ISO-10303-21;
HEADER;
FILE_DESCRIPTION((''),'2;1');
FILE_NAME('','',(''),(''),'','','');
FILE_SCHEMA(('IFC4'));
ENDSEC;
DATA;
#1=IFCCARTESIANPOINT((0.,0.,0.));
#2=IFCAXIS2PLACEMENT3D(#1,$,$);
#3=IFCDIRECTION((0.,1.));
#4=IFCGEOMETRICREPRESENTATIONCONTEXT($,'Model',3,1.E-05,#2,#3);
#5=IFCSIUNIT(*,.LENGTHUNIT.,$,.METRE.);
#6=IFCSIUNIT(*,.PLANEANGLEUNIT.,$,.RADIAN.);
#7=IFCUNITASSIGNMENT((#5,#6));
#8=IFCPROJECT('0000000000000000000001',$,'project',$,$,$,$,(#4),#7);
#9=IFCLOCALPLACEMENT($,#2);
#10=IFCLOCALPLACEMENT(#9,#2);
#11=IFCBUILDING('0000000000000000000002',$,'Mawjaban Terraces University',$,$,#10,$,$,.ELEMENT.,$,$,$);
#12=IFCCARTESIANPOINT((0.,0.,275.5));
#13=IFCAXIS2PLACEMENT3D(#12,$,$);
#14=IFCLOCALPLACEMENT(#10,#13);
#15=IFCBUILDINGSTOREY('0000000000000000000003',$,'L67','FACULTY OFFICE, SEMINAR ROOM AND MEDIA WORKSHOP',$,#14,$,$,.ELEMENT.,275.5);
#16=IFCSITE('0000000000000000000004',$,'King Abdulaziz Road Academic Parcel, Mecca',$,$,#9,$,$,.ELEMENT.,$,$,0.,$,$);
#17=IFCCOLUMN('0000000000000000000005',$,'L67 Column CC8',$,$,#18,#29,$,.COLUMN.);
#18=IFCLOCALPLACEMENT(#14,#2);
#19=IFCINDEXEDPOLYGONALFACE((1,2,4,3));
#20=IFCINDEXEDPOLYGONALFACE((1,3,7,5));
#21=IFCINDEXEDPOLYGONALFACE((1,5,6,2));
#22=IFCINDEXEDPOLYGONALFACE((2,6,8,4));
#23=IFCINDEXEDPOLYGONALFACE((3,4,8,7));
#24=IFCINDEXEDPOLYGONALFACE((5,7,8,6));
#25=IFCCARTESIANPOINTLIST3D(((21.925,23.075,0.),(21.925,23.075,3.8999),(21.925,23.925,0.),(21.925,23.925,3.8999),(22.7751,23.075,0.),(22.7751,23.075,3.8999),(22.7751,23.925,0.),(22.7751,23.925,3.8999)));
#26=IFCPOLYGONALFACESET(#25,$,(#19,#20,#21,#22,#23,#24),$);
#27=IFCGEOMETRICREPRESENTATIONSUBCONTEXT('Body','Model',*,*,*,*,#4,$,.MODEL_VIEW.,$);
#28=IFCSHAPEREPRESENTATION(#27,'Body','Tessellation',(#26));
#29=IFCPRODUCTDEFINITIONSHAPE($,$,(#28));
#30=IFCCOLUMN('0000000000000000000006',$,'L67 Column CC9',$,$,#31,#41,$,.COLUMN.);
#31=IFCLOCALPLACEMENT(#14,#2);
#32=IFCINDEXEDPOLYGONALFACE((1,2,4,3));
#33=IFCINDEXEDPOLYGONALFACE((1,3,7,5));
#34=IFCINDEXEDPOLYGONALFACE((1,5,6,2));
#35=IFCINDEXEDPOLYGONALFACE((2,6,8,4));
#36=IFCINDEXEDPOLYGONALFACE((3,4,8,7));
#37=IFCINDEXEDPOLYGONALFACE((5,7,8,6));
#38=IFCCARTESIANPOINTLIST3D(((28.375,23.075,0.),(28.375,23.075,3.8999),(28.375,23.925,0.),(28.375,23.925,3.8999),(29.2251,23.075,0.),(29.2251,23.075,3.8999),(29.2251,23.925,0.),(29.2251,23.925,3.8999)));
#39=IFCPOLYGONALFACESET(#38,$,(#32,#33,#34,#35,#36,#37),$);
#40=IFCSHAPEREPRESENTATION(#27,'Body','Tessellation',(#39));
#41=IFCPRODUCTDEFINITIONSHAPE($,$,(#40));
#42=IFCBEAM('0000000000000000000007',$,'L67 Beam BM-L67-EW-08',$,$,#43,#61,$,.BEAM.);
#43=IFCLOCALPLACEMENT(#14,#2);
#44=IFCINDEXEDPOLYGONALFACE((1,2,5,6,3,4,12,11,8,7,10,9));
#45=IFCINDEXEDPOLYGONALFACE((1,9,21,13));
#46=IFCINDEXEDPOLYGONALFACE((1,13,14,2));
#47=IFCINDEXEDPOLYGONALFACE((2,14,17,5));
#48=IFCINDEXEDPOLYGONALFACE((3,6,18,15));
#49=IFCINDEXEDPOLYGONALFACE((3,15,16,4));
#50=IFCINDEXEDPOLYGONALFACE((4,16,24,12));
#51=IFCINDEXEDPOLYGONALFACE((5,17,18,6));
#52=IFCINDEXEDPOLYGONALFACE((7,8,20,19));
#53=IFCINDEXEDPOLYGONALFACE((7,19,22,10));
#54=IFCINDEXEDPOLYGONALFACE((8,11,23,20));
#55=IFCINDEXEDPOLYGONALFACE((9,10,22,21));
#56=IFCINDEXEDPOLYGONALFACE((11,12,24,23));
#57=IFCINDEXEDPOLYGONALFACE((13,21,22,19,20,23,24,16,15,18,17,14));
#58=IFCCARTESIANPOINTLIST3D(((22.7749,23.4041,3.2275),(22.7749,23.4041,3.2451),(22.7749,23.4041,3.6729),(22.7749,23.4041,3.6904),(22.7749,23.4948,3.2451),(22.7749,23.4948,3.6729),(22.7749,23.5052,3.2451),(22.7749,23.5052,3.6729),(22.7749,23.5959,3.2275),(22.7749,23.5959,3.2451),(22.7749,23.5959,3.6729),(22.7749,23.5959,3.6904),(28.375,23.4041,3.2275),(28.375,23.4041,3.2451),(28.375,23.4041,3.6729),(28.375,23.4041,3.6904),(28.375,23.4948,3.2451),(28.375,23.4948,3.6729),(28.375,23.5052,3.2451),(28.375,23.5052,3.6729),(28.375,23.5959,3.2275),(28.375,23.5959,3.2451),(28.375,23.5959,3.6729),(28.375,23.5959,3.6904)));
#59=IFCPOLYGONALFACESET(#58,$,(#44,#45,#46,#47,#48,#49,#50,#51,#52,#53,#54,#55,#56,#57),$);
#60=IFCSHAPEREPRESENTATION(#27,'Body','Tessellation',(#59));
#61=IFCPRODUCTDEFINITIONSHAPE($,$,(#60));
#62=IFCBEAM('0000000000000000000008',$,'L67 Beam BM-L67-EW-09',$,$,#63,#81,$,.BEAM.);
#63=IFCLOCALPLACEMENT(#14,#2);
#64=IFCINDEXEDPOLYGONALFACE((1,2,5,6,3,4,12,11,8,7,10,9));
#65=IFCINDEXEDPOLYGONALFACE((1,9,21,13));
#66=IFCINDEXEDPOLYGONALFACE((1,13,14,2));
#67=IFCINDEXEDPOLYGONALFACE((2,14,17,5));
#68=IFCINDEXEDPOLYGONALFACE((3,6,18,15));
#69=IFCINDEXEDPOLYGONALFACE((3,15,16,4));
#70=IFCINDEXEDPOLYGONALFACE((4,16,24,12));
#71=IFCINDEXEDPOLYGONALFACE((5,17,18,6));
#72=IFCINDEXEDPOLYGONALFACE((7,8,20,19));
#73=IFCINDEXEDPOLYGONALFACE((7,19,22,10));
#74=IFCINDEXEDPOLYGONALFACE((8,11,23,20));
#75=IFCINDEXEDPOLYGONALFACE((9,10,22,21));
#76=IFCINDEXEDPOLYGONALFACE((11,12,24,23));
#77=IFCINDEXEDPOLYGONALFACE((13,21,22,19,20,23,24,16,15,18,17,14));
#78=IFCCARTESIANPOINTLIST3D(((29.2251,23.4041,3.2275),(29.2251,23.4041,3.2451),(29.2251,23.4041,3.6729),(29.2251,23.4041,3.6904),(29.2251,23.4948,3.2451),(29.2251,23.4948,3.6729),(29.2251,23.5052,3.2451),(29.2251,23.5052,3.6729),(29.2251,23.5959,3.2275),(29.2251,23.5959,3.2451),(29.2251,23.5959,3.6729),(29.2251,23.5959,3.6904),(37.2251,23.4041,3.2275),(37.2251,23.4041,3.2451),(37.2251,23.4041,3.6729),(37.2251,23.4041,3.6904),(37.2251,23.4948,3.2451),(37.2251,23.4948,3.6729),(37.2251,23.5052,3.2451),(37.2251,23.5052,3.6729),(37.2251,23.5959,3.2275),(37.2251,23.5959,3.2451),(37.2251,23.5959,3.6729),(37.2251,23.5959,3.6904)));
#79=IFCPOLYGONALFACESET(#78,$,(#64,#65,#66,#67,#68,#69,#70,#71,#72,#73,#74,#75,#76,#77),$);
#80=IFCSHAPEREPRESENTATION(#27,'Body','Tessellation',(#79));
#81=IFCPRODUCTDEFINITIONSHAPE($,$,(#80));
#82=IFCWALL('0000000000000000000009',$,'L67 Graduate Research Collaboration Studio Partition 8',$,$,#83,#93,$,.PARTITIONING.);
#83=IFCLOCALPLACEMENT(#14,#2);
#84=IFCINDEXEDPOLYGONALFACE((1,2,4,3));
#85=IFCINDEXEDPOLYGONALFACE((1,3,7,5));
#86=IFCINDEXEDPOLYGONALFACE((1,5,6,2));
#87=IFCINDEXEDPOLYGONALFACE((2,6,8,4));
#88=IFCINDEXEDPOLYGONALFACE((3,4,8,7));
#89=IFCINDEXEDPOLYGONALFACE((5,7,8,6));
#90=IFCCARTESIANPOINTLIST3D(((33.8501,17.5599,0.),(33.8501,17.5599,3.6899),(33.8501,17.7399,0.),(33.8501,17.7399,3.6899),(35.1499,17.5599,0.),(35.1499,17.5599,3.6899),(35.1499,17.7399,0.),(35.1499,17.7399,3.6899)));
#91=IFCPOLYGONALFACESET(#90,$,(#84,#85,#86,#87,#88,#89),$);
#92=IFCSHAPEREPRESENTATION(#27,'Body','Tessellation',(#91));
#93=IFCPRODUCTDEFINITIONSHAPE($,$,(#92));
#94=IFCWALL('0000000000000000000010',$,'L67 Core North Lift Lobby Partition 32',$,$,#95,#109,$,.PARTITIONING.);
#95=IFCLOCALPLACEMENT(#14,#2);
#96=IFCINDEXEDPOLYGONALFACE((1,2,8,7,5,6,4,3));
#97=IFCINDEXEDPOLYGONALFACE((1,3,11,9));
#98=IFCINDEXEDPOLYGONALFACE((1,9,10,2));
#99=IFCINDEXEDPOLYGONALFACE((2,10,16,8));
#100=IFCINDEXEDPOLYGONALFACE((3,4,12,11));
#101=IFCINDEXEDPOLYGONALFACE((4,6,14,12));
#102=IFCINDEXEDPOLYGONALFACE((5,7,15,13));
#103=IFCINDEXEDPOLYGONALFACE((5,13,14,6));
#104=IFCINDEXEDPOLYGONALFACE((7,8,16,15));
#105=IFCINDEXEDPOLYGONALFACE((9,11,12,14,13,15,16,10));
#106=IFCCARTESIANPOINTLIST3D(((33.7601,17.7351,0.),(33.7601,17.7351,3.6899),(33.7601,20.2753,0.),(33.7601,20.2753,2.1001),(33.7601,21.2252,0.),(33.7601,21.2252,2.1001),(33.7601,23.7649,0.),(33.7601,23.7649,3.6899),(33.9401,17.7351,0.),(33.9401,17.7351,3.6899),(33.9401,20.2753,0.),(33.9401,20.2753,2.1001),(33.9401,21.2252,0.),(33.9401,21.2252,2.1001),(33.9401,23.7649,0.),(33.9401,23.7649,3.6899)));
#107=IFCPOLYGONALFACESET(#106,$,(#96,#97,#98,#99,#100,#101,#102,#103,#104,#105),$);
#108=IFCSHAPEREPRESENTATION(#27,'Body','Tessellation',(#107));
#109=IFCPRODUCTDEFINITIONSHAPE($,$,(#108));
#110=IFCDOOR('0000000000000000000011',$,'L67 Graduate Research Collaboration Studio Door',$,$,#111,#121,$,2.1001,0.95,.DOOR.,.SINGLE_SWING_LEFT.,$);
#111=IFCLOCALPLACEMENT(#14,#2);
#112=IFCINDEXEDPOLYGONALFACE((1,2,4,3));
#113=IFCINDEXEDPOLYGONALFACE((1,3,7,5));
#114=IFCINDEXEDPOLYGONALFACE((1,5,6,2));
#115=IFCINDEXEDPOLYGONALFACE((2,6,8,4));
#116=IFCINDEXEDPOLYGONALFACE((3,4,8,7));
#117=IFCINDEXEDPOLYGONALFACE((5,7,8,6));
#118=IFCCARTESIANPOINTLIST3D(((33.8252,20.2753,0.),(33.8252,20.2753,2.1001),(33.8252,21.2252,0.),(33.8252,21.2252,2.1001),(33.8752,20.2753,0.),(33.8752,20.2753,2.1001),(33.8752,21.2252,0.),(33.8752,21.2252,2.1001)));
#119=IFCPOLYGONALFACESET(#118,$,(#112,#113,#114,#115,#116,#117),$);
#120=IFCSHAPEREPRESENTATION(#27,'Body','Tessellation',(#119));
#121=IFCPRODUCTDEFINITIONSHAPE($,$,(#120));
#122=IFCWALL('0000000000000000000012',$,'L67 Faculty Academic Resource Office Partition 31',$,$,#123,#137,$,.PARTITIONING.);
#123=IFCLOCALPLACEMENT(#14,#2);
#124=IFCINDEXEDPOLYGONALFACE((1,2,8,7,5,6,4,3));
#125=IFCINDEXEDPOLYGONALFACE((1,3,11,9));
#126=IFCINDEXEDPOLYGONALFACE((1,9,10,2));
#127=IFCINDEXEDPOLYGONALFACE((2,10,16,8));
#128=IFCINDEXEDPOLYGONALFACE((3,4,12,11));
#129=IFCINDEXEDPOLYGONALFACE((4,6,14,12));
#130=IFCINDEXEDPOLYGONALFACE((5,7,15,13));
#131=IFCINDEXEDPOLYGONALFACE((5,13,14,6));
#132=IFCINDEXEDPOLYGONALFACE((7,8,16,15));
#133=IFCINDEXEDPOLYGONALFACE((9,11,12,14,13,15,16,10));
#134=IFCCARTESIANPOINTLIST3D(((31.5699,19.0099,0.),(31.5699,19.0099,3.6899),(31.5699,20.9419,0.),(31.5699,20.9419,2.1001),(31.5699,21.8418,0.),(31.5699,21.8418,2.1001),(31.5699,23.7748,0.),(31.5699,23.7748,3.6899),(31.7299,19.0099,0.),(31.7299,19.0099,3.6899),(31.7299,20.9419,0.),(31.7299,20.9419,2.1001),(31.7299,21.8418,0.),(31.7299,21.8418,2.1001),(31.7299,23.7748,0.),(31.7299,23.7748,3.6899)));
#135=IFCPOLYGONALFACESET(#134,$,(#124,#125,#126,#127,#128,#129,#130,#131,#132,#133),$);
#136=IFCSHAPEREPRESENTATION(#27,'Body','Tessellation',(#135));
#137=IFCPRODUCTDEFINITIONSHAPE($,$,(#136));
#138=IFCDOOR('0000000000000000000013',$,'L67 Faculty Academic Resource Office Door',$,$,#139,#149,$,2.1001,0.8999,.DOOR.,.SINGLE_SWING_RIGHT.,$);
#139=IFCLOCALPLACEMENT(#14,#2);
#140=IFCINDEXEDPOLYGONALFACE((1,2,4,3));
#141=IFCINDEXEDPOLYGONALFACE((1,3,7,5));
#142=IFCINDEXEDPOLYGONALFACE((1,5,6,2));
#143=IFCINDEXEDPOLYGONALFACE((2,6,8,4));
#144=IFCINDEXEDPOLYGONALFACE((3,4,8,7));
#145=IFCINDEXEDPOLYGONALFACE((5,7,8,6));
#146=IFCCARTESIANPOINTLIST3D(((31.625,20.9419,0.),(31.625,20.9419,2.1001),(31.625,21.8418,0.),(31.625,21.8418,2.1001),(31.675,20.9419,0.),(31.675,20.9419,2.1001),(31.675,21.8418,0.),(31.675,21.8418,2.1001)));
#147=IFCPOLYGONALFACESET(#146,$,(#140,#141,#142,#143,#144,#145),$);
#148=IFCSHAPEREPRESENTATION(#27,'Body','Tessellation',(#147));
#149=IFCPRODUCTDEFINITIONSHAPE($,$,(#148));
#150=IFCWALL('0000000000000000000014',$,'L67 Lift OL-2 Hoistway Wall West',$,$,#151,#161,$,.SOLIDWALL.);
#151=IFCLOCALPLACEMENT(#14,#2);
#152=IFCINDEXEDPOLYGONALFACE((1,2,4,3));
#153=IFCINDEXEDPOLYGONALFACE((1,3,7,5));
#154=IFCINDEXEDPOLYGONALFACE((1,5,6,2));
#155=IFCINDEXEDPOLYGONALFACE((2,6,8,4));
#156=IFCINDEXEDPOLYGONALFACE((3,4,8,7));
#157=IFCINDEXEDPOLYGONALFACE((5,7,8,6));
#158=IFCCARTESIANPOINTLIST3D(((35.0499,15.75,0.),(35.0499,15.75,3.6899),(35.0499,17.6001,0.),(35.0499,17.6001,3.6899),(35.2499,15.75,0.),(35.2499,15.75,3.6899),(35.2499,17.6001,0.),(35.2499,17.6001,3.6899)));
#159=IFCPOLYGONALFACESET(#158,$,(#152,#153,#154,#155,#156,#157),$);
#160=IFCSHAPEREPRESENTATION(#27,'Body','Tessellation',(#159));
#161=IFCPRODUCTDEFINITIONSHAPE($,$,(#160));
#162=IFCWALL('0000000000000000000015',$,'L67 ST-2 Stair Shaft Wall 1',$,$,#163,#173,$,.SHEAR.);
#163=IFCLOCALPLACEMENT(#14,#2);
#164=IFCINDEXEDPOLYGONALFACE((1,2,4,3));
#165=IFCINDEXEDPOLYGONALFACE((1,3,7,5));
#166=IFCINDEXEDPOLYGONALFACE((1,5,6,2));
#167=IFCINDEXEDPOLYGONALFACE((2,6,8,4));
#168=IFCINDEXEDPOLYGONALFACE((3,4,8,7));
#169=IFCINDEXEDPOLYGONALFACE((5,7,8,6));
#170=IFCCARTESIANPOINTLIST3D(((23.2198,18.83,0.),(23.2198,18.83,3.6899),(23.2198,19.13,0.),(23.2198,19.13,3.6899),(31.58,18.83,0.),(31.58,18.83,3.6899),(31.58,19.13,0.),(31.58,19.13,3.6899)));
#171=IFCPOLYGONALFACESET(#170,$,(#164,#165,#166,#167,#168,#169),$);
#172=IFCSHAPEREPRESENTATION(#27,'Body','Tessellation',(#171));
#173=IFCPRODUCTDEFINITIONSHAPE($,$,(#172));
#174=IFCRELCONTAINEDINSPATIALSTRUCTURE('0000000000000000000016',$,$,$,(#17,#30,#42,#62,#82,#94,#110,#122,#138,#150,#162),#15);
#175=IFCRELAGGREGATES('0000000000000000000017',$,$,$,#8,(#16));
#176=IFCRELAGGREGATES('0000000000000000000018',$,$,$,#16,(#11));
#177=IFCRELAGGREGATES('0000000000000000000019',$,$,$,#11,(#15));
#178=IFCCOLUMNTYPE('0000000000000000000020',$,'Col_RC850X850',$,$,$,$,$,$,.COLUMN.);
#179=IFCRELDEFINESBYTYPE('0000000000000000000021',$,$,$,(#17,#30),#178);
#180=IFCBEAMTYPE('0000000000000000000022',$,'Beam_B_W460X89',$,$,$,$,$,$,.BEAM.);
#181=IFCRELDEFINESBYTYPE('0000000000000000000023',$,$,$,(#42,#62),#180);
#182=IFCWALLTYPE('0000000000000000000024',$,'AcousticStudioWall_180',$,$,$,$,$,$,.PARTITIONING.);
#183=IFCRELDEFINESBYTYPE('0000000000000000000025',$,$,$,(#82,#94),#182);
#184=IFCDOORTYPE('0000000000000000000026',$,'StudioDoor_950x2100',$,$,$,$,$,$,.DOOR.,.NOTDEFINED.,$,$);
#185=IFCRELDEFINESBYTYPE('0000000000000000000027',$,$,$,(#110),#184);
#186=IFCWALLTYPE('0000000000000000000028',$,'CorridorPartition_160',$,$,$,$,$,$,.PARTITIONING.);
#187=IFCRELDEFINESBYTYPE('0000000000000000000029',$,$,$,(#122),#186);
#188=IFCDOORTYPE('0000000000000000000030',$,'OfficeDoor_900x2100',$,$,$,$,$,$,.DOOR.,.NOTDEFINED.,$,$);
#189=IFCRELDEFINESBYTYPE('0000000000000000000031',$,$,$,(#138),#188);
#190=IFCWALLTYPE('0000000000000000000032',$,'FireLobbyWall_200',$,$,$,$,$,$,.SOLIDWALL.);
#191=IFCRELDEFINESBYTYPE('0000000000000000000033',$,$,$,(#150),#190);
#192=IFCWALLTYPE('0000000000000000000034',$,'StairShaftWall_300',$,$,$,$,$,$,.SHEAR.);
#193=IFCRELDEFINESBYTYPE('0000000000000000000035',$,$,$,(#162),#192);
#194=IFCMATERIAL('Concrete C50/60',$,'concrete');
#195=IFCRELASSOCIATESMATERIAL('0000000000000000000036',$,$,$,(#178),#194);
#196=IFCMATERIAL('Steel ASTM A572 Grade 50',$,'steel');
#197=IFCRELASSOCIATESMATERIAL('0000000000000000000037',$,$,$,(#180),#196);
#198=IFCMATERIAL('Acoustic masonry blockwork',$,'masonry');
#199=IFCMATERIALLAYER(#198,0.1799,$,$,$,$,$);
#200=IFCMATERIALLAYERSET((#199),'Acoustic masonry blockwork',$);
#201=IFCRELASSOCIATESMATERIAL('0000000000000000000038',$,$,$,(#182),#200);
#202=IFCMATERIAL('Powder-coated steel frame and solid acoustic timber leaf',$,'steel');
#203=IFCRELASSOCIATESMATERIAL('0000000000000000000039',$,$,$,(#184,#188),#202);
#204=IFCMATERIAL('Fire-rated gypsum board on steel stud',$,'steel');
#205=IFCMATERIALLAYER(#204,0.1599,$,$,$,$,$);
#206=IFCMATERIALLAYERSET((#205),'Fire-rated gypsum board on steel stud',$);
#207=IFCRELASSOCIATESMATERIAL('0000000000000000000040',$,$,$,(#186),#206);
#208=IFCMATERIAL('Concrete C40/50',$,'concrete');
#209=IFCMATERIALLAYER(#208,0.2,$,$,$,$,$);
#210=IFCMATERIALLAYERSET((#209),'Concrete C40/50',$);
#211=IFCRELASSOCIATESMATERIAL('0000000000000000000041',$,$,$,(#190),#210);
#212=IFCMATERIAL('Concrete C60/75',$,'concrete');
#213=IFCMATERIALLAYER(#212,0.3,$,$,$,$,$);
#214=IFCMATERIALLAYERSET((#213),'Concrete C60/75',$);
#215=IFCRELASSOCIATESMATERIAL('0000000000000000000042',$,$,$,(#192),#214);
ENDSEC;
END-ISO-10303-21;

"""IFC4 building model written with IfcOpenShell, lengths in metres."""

from ifc_helpers import new_model, si_unit, direction, frame, frame_2d, origin, origin_2d, place, context, subcontext, project, spatial, rectangle, i_section, extrude, material, layer, layer_set, material_profile, profile_set, type_object, element, fill, save


model = new_model("IFC4")

# Units and contexts
model_context = context("Model", 3, precision=1e-05, world=origin(), true_north=direction((0.0, 1.0)))
body_context = subcontext(model_context, "Body", "Model", "MODEL_VIEW")
ifc_project = project(units=[si_unit("LENGTHUNIT", "METRE"), si_unit("PLANEANGLEUNIT", "RADIAN")], contexts=[model_context])

# Site, building, storey
site_placement = place(None, origin())
site = spatial("IfcSite", under=ifc_project, at=site_placement, Name="King Abdulaziz Road Academic Parcel, Mecca", CompositionType="ELEMENT", RefElevation=0.0)
building_placement = place(site_placement, origin())
building = spatial("IfcBuilding", under=site, at=building_placement, Name="Mawjaban Terraces University", CompositionType="ELEMENT")
storey_placement = place(building_placement, frame((0.0, 0.0, 275.5)))
storey = spatial("IfcBuildingStorey", under=building, at=storey_placement, Name="L67", Description="FACULTY OFFICE, SEMINAR ROOM AND MEDIA WORKSHOP", CompositionType="ELEMENT", Elevation=275.5)

# Columns
ifc_material_1 = material(Name="Concrete C50/60", Category="concrete")
ifc_material_profile_1 = material_profile(ifc_material_1, rectangle(XDim=0.8501, YDim=0.8501, at=origin_2d()), Name="RC850X850")
ifc_profile_set_1 = profile_set([ifc_material_profile_1], Name="Concrete C50/60")
column_type = type_object("IfcColumnType", Name="Col_RC850X850", PredefinedType="COLUMN", material=ifc_profile_set_1)
for number, where, z_axis, x_axis, name in (
    (1, (22.3501, 23.5, 0.0), (0.0, 0.0, 1.0), (1.0, 0.0, 0.0), "L67 Column CC8"),
    (2, (28.8, 23.5, 0.0), (0.0, 0.0, 1.0), (1.0, 0.0, 0.0), "L67 Column CC9"),
):
    element("IfcColumn", number, at=place(storey_placement, frame(where, z_axis=z_axis, x_axis=x_axis)), inside=storey, type_object=column_type, Name=name, PredefinedType="COLUMN", context=body_context, shape_type="SweptSolid", body=[
        extrude(rectangle(XDim=0.8501, YDim=0.8501, at=origin_2d()), origin(), (0.0, 0.0, 1.0), 3.8999),
    ])

# Beams
ifc_material_2 = material(Name="Steel ASTM A572 Grade 50", Category="steel")
ifc_material_profile_2 = material_profile(ifc_material_2, i_section(OverallWidth=0.1919, OverallDepth=0.4629, WebThickness=0.0105, FlangeThickness=0.0176, at=origin_2d()), Name="W460X89")
ifc_profile_set_2 = profile_set([ifc_material_profile_2], Name="Steel ASTM A572 Grade 50")
beam_type = type_object("IfcBeamType", Name="Beam_B_W460X89", PredefinedType="BEAM", material=ifc_profile_set_2)
beam_1_placement = place(storey_placement, frame((22.7749, 23.5, 3.459), z_axis=(1.0, 0.0, 0.0), x_axis=(0.0, 1.0, 0.0)))
element("IfcBeam", 3, at=beam_1_placement, inside=storey, type_object=beam_type, Name="L67 Beam BM-L67-EW-08", PredefinedType="BEAM", context=body_context, shape_type="SweptSolid", body=[
    extrude(i_section(OverallWidth=0.1919, OverallDepth=0.4629, WebThickness=0.0105, FlangeThickness=0.0176, at=origin_2d()), origin(), (0.0, 0.0, 1.0), 5.6001),
])
beam_2_placement = place(storey_placement, frame((29.2251, 23.5, 3.459), z_axis=(1.0, 0.0, 0.0), x_axis=(0.0, 1.0, 0.0)))
element("IfcBeam", 4, at=beam_2_placement, inside=storey, type_object=beam_type, Name="L67 Beam BM-L67-EW-09", PredefinedType="BEAM", context=body_context, shape_type="SweptSolid", body=[
    extrude(i_section(OverallWidth=0.1919, OverallDepth=0.4629, WebThickness=0.0105, FlangeThickness=0.0176, at=origin_2d()), origin(), (0.0, 0.0, 1.0), 8.0),
])

# Wall
ifc_material_3 = material(Name="Acoustic masonry blockwork", Category="masonry")
ifc_layer_1 = layer(ifc_material_3, 0.1799)
ifc_layer_set_1 = layer_set([ifc_layer_1], Name="Acoustic masonry blockwork")
wall_type_1 = type_object("IfcWallType", Name="AcousticStudioWall_180", PredefinedType="PARTITIONING", material=ifc_layer_set_1)
wall_1_placement = place(storey_placement, frame((33.8501, 17.6499, 0.0), z_axis=(0.0, 0.0, 1.0), x_axis=(1.0, 0.0, 0.0)))
element("IfcWall", 5, at=wall_1_placement, inside=storey, type_object=wall_type_1, Name="L67 Graduate Research Collaboration Studio Partition 8", PredefinedType="PARTITIONING", context=body_context, shape_type="SweptSolid", body=[
    extrude(rectangle(XDim=1.2998, YDim=0.1799, at=frame_2d((0.6499, 0.0))), origin(), (0.0, 0.0, 1.0), 3.6899),
])

# Walls, openings, doors
wall_2_placement = place(storey_placement, frame((33.8501, 17.7351, 0.0), z_axis=(0.0, 0.0, 1.0), x_axis=(0.0, 1.0, 0.0)))
wall_2 = element("IfcWall", 6, at=wall_2_placement, inside=storey, type_object=wall_type_1, Name="L67 Core North Lift Lobby Partition 32", PredefinedType="PARTITIONING", context=body_context, shape_type="SweptSolid", body=[
    extrude(rectangle(XDim=6.0298, YDim=0.1799, at=frame_2d((3.0149, 0.0))), origin(), (0.0, 0.0, 1.0), 3.6899),
])
opening_1_placement = place(wall_2_placement, frame((2.54, 0.0, 0.0)))
opening_1 = element("IfcOpeningElement", 7, at=opening_1_placement, cuts=wall_2, PredefinedType="OPENING", context=body_context, shape_type="SweptSolid", body=[
    extrude(rectangle(XDim=0.95, YDim=2.1001, at=frame_2d((0.4751, 1.05))), frame((0.0, 0.0999, 0.0), z_axis=(0.0, -1.0, 0.0), x_axis=(1.0, 0.0, 0.0)), (0.0, 0.0, 1.0), 0.2),
])
ifc_material_4 = material(Name="Powder-coated steel frame and solid acoustic timber leaf", Category="steel")
door_type_1 = type_object("IfcDoorType", Name="StudioDoor_950x2100", OperationType="NOTDEFINED", PredefinedType="DOOR", material=ifc_material_4)
door_1_placement = place(opening_1_placement, origin())
door_1 = element("IfcDoor", 8, at=door_1_placement, inside=storey, type_object=door_type_1, Name="L67 Graduate Research Collaboration Studio Door", OperationType="SINGLE_SWING_LEFT", OverallHeight=2.1001, OverallWidth=0.95, PredefinedType="DOOR", context=body_context, shape_type="SweptSolid", body=[
    extrude(rectangle(XDim=0.95, YDim=2.1001, at=frame_2d((0.4751, 1.05))), frame((0.0, 0.0249, 0.0), z_axis=(0.0, -1.0, 0.0), x_axis=(1.0, 0.0, 0.0)), (0.0, 0.0, 1.0), 0.05),
])
fill(opening_1, door_1)
ifc_material_5 = material(Name="Fire-rated gypsum board on steel stud", Category="steel")
ifc_layer_2 = layer(ifc_material_5, 0.1599)
ifc_layer_set_2 = layer_set([ifc_layer_2], Name="Fire-rated gypsum board on steel stud")
wall_type_2 = type_object("IfcWallType", Name="CorridorPartition_160", PredefinedType="PARTITIONING", material=ifc_layer_set_2)
wall_3_placement = place(storey_placement, frame((31.6499, 19.01, 0.0), z_axis=(0.0, 0.0, 1.0), x_axis=(0.0, 1.0, 0.0)))
wall_3 = element("IfcWall", 9, at=wall_3_placement, inside=storey, type_object=wall_type_2, Name="L67 Faculty Academic Resource Office Partition 31", PredefinedType="PARTITIONING", context=body_context, shape_type="SweptSolid", body=[
    extrude(rectangle(XDim=4.7649, YDim=0.1599, at=frame_2d((2.3823, 0.0))), origin(), (0.0, 0.0, 1.0), 3.6899),
])
opening_2_placement = place(wall_3_placement, frame((1.9319, 0.0, 0.0)))
opening_2 = element("IfcOpeningElement", 10, at=opening_2_placement, cuts=wall_3, PredefinedType="OPENING", context=body_context, shape_type="SweptSolid", body=[
    extrude(rectangle(XDim=0.8999, YDim=2.1001, at=frame_2d((0.45, 1.05))), frame((0.0, 0.0898, 0.0), z_axis=(0.0, -1.0, 0.0), x_axis=(1.0, 0.0, 0.0)), (0.0, 0.0, 1.0), 0.1799),
])
door_type_2 = type_object("IfcDoorType", Name="OfficeDoor_900x2100", OperationType="NOTDEFINED", PredefinedType="DOOR", material=ifc_material_4)
door_2_placement = place(opening_2_placement, origin())
door_2 = element("IfcDoor", 11, at=door_2_placement, inside=storey, type_object=door_type_2, Name="L67 Faculty Academic Resource Office Door", OperationType="SINGLE_SWING_RIGHT", OverallHeight=2.1001, OverallWidth=0.8999, PredefinedType="DOOR", context=body_context, shape_type="SweptSolid", body=[
    extrude(rectangle(XDim=0.8999, YDim=2.1001, at=frame_2d((0.45, 1.05))), frame((0.0, 0.0249, 0.0), z_axis=(0.0, -1.0, 0.0), x_axis=(1.0, 0.0, 0.0)), (0.0, 0.0, 1.0), 0.05),
])
fill(opening_2, door_2)

# Walls
ifc_material_6 = material(Name="Concrete C40/50", Category="concrete")
ifc_layer_3 = layer(ifc_material_6, 0.2)
ifc_layer_set_3 = layer_set([ifc_layer_3], Name="Concrete C40/50")
wall_type_3 = type_object("IfcWallType", Name="FireLobbyWall_200", PredefinedType="SOLIDWALL", material=ifc_layer_set_3)
wall_4_placement = place(storey_placement, frame((35.1499, 17.6001, 0.0), z_axis=(0.0, 0.0, 1.0), x_axis=(0.0, -1.0, 0.0)))
element("IfcWall", 12, at=wall_4_placement, inside=storey, type_object=wall_type_3, Name="L67 Lift OL-2 Hoistway Wall West", PredefinedType="SOLIDWALL", context=body_context, shape_type="SweptSolid", body=[
    extrude(rectangle(XDim=1.8501, YDim=0.2, at=frame_2d((0.925, 0.0))), origin(), (0.0, 0.0, 1.0), 3.6899),
])
ifc_material_7 = material(Name="Concrete C60/75", Category="concrete")
ifc_layer_4 = layer(ifc_material_7, 0.3)
ifc_layer_set_4 = layer_set([ifc_layer_4], Name="Concrete C60/75")
wall_type_4 = type_object("IfcWallType", Name="StairShaftWall_300", PredefinedType="SHEAR", material=ifc_layer_set_4)
wall_5_placement = place(storey_placement, frame((31.5801, 18.98, 0.0), z_axis=(0.0, 0.0, 1.0), x_axis=(-1.0, 0.0, 0.0)))
element("IfcWall", 13, at=wall_5_placement, inside=storey, type_object=wall_type_4, Name="L67 ST-2 Stair Shaft Wall 1", PredefinedType="SHEAR", context=body_context, shape_type="SweptSolid", body=[
    extrude(rectangle(XDim=8.3601, YDim=0.3, at=frame_2d((4.1802, 0.0))), origin(), (0.0, 0.0, 1.0), 3.6899),
])

save(model, "model.ifc")
